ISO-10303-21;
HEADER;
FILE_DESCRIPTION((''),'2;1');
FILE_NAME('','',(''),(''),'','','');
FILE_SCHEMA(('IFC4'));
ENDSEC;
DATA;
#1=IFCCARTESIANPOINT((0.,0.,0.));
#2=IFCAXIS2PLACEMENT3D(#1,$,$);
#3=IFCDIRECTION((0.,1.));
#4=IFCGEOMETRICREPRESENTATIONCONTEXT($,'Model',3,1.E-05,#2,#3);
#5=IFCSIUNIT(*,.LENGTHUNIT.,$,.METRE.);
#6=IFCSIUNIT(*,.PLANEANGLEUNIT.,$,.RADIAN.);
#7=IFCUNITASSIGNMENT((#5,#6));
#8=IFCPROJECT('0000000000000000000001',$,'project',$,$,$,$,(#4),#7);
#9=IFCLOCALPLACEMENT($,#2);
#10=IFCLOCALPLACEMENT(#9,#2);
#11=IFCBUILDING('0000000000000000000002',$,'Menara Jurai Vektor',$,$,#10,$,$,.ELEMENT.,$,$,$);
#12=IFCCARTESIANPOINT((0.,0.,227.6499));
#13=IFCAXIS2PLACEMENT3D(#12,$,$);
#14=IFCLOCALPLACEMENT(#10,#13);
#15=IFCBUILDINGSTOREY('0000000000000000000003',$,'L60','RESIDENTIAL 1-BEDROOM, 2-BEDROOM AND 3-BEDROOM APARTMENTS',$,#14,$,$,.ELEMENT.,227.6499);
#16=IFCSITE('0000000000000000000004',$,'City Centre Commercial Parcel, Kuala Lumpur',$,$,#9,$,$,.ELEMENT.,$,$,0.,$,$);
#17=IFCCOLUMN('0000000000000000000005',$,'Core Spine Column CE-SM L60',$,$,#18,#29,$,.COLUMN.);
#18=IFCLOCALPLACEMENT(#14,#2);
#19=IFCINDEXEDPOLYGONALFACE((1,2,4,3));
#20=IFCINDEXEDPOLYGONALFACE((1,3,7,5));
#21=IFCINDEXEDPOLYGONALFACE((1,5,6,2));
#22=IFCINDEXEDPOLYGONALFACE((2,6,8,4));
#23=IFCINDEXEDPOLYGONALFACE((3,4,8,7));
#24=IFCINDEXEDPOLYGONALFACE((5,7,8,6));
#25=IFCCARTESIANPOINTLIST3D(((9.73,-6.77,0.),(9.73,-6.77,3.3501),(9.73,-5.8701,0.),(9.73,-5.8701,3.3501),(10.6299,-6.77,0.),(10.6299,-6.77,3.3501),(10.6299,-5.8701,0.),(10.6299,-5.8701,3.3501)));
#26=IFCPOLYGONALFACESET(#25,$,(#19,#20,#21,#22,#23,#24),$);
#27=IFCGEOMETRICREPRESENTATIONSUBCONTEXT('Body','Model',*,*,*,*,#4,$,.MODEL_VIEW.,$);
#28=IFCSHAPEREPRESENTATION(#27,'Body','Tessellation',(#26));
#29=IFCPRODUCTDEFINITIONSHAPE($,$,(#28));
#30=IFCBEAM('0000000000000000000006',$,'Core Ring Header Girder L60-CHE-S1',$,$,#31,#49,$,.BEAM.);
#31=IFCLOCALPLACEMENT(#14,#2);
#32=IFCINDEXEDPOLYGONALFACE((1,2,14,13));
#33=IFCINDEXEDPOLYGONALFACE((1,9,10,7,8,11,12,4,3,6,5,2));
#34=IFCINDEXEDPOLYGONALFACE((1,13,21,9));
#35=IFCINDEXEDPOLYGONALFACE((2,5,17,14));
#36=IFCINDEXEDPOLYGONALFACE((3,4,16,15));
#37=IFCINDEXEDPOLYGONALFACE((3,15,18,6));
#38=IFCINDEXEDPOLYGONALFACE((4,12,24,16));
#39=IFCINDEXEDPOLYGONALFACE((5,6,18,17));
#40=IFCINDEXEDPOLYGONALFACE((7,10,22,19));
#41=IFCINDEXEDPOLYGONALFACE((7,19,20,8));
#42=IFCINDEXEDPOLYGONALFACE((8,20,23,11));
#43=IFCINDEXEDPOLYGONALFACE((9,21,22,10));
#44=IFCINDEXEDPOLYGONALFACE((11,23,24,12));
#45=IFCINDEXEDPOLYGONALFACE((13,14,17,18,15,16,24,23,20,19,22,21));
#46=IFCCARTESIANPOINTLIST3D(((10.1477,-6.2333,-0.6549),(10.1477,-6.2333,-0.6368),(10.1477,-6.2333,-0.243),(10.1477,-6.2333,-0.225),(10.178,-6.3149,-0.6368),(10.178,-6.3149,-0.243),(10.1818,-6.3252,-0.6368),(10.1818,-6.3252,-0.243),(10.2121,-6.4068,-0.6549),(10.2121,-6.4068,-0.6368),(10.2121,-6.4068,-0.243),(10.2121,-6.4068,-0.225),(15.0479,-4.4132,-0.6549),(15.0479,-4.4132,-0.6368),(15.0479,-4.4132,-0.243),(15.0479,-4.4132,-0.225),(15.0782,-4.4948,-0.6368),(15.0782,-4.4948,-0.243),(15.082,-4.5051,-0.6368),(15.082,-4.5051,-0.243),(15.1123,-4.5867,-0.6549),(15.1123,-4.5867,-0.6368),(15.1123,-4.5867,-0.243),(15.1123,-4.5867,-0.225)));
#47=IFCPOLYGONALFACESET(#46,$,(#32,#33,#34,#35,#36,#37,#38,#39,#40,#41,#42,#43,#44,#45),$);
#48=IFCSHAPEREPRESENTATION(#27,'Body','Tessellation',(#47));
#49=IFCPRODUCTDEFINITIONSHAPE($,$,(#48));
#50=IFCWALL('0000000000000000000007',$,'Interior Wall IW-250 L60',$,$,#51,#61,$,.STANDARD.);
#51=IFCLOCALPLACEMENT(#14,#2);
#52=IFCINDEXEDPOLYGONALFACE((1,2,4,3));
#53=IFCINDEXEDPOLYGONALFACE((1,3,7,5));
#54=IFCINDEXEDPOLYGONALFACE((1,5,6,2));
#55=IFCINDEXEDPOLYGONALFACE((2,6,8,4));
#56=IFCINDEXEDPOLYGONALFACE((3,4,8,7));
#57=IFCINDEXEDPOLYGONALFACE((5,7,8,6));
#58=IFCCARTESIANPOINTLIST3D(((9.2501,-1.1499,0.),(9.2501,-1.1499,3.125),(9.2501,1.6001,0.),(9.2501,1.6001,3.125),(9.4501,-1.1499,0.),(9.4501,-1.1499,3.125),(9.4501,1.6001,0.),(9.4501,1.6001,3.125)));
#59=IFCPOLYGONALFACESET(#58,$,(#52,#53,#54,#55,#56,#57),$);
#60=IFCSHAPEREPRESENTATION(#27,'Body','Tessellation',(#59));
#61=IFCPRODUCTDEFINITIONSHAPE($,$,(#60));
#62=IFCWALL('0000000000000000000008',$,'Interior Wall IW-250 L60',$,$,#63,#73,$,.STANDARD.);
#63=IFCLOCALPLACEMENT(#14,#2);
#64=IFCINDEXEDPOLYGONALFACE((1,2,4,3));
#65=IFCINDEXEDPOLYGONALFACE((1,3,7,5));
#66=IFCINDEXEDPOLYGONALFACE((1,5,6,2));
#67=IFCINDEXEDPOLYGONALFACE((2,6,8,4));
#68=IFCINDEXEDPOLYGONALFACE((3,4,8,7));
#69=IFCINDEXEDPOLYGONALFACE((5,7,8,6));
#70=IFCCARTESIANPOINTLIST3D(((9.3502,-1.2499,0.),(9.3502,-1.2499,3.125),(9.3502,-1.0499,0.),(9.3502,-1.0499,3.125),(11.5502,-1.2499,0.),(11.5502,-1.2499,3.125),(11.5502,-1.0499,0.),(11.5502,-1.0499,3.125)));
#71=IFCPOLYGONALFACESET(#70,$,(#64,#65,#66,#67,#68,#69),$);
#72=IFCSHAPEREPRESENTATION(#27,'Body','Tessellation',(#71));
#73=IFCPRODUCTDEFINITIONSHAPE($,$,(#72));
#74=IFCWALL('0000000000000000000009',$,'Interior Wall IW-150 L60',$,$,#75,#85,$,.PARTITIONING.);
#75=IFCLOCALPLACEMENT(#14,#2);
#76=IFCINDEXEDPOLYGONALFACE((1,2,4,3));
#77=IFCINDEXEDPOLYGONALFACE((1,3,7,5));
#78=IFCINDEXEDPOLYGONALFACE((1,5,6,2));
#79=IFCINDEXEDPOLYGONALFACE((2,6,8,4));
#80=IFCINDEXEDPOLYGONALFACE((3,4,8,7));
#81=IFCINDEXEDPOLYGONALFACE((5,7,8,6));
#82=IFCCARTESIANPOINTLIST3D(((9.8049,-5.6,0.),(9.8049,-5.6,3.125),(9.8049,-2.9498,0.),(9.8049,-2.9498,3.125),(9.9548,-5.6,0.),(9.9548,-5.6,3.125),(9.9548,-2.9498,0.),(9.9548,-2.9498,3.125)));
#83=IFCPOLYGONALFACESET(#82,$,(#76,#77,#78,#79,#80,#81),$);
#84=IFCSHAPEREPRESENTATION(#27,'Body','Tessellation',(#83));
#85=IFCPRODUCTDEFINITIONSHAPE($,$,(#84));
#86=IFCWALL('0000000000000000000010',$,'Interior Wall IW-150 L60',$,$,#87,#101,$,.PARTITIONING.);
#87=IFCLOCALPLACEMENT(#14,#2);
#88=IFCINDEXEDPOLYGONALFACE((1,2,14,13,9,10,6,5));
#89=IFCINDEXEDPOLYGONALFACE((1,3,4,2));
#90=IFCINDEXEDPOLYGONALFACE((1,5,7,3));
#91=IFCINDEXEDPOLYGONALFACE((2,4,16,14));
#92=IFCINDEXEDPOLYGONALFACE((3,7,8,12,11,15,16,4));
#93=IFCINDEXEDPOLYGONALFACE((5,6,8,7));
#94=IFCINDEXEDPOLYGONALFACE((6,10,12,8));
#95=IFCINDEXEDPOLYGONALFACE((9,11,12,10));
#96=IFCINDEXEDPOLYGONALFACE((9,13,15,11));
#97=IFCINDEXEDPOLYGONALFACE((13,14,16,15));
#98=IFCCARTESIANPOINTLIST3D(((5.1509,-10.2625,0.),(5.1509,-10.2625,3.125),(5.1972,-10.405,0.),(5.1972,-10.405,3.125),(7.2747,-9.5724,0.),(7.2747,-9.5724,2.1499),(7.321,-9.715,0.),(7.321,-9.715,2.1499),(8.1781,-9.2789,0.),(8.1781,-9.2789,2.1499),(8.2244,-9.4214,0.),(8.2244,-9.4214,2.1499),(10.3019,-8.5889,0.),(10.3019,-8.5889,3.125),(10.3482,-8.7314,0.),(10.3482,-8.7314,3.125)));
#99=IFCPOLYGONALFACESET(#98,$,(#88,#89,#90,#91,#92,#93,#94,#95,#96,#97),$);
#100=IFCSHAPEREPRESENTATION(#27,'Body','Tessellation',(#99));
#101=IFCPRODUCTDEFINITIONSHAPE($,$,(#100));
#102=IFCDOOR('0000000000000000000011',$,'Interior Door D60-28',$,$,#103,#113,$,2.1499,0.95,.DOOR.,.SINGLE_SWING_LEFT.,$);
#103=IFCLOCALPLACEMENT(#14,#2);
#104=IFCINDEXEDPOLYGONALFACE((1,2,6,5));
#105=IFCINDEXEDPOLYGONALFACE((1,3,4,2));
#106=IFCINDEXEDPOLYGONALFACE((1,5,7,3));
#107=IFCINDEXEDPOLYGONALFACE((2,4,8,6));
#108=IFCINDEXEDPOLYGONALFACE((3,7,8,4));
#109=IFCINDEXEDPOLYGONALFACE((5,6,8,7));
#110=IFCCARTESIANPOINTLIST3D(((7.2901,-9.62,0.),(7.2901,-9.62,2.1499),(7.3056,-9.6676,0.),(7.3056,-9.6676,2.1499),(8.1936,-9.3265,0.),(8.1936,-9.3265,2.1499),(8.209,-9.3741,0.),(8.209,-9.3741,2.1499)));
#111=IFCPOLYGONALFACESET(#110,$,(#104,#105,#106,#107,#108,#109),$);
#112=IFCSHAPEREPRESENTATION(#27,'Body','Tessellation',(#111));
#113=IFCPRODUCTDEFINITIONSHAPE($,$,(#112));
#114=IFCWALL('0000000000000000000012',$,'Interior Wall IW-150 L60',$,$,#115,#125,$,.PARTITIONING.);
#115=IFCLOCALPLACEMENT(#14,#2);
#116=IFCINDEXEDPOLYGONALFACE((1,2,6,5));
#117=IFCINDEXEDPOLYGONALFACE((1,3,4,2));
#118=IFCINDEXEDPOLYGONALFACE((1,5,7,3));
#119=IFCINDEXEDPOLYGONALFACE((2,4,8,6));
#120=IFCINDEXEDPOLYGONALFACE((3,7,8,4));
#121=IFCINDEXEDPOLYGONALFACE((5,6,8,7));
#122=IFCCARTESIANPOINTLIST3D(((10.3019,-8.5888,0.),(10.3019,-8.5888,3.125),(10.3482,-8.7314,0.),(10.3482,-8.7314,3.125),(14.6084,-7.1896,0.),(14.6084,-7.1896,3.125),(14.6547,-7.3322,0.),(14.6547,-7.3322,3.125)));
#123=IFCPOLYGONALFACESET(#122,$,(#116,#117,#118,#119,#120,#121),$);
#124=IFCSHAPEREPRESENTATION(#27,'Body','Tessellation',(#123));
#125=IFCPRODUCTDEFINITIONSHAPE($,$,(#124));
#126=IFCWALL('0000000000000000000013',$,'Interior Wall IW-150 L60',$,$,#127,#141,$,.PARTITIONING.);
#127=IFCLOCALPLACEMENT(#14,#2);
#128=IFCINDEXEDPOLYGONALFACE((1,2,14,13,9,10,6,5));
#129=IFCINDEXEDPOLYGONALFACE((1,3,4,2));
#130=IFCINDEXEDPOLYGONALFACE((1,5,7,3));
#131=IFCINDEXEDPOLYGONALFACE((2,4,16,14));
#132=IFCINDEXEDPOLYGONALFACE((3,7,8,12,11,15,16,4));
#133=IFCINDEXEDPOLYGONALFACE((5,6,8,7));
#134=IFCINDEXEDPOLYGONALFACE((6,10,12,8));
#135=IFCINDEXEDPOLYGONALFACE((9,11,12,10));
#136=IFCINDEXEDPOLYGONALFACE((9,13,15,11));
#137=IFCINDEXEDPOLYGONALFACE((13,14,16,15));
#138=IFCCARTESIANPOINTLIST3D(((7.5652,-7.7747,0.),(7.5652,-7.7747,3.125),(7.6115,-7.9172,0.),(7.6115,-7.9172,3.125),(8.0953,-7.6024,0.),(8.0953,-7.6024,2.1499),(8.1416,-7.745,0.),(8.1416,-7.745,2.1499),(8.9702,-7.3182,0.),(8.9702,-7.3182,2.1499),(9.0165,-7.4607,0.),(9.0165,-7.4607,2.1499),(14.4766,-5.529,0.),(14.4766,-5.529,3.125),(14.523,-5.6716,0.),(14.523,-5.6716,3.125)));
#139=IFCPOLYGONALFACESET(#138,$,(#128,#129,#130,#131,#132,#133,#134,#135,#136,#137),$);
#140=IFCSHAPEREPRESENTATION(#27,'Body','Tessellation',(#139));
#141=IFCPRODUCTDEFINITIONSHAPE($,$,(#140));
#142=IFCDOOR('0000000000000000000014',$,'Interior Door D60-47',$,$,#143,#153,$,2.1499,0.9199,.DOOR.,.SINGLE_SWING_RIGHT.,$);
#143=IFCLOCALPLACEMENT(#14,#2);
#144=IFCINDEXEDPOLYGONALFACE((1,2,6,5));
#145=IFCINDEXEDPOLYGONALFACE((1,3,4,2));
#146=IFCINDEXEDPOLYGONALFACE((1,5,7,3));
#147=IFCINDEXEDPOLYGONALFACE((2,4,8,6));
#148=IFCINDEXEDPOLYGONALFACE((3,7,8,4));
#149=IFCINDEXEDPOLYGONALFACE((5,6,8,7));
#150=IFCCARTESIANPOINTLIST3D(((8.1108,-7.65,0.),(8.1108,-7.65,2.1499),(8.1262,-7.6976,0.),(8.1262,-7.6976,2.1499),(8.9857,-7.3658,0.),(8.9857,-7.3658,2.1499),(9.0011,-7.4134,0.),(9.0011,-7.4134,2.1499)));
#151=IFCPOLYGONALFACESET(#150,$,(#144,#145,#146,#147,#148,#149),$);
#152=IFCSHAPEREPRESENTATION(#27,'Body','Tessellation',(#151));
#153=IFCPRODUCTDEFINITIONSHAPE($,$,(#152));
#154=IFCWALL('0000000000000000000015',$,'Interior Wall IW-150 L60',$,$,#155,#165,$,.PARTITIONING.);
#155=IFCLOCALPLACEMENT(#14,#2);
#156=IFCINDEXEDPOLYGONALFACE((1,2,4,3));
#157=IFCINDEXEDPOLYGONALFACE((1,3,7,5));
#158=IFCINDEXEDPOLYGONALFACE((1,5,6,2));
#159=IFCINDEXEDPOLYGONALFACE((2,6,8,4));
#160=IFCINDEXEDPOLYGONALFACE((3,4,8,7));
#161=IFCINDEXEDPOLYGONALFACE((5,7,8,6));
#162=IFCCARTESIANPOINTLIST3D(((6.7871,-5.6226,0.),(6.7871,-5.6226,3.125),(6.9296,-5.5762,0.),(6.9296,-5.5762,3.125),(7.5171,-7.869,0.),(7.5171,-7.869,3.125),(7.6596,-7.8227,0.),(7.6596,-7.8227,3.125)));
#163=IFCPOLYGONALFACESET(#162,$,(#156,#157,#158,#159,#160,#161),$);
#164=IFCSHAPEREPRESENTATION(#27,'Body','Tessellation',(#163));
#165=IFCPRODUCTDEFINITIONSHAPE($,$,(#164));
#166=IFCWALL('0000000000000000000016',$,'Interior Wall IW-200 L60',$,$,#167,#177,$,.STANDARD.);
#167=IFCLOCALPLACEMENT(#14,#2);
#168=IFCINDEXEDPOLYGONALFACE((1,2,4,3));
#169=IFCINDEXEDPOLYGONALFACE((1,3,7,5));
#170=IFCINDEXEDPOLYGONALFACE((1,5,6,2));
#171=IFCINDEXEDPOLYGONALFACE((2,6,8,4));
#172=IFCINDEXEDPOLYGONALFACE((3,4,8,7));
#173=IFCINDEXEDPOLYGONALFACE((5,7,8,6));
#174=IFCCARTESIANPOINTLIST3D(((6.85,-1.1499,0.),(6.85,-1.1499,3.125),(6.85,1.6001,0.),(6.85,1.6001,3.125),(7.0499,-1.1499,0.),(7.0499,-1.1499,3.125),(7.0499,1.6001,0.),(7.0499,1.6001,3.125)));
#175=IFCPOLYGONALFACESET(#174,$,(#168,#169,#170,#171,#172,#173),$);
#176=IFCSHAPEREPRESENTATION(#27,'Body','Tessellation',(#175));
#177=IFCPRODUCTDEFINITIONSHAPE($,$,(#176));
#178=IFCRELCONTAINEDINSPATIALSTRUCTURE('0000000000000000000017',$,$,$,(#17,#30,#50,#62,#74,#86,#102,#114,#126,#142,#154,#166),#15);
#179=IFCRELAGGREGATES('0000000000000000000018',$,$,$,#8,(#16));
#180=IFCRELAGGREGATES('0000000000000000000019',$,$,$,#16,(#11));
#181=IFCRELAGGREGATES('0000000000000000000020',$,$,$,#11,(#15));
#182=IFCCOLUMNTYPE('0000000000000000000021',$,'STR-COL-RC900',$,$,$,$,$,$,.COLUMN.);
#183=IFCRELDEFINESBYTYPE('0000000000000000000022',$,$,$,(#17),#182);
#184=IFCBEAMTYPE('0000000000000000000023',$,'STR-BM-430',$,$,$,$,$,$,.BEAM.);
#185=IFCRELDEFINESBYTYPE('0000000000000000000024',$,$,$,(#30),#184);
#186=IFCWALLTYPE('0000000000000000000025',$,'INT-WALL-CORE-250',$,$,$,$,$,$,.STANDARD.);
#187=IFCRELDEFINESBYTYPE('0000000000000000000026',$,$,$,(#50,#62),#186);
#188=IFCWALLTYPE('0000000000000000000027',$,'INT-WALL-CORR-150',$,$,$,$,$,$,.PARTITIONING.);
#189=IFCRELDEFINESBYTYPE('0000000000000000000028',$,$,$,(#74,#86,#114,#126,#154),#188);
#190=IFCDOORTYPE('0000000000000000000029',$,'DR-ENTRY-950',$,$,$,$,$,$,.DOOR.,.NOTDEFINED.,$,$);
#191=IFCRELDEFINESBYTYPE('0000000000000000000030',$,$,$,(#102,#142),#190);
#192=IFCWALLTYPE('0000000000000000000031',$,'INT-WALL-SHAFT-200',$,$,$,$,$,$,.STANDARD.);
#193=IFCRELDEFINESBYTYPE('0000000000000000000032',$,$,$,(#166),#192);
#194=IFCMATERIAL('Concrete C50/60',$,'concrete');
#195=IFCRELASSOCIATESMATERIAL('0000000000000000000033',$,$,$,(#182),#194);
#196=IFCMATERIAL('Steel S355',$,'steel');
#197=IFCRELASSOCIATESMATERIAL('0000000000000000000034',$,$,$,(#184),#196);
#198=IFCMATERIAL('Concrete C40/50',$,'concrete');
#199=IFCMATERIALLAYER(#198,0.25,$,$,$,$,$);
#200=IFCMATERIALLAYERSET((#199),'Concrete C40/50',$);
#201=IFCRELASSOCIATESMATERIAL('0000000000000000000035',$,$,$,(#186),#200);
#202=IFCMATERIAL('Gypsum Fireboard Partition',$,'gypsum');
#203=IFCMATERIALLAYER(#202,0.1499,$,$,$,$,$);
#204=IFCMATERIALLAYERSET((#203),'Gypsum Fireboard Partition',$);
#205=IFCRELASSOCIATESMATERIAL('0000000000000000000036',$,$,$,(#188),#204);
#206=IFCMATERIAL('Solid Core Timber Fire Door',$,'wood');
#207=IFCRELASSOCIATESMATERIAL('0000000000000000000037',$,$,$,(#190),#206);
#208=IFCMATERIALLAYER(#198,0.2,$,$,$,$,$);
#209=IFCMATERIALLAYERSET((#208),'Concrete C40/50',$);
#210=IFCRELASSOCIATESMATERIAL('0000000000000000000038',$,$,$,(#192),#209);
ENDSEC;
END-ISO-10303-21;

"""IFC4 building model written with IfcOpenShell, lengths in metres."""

from ifc_helpers import new_model, si_unit, direction, frame, frame_2d, origin, origin_2d, place, context, subcontext, project, spatial, rectangle, i_section, extrude, material, layer, layer_set, material_profile, profile_set, type_object, element, fill, save


model = new_model("IFC4")

# Units and contexts
model_context = context("Model", 3, precision=1e-05, world=origin(), true_north=direction((0.0, 1.0)))
body_context = subcontext(model_context, "Body", "Model", "MODEL_VIEW")
ifc_project = project(units=[si_unit("LENGTHUNIT", "METRE"), si_unit("PLANEANGLEUNIT", "RADIAN")], contexts=[model_context])

# Site, building, storey
site_placement = place(None, origin())
site = spatial("IfcSite", under=ifc_project, at=site_placement, Name="City Centre Commercial Parcel, Kuala Lumpur", CompositionType="ELEMENT", RefElevation=0.0)
building_placement = place(site_placement, origin())
building = spatial("IfcBuilding", under=site, at=building_placement, Name="Menara Jurai Vektor", CompositionType="ELEMENT")
storey_placement = place(building_placement, frame((0.0, 0.0, 227.6499)))
storey = spatial("IfcBuildingStorey", under=building, at=storey_placement, Name="L60", Description="RESIDENTIAL 1-BEDROOM, 2-BEDROOM AND 3-BEDROOM APARTMENTS", CompositionType="ELEMENT", Elevation=227.6499)

# Column
ifc_material_1 = material(Name="Concrete C50/60", Category="concrete")
ifc_material_profile_1 = material_profile(ifc_material_1, rectangle(XDim=0.8999, YDim=0.8999, at=origin_2d()), Name="RC 900x900")
ifc_profile_set_1 = profile_set([ifc_material_profile_1], Name="Concrete C50/60")
column_type = type_object("IfcColumnType", Name="STR-COL-RC900", PredefinedType="COLUMN", material=ifc_profile_set_1)
column_placement = place(storey_placement, frame((10.1799, -6.3201, 0.0), z_axis=(0.0, 0.0, 1.0), x_axis=(1.0, 0.0, 0.0)))
element("IfcColumn", 1, at=column_placement, inside=storey, type_object=column_type, Name="Core Spine Column CE-SM L60", PredefinedType="COLUMN", context=body_context, shape_type="SweptSolid", body=[
    extrude(rectangle(XDim=0.8999, YDim=0.8999, at=origin_2d()), origin(), (0.0, 0.0, 1.0), 3.3501),
])

# Beam
ifc_material_2 = material(Name="Steel S355", Category="steel")
ifc_material_profile_2 = material_profile(ifc_material_2, i_section(OverallWidth=0.1851, OverallDepth=0.4299, WebThickness=0.011, FlangeThickness=0.0181, at=origin_2d()), Name="PG 430x185x76")
ifc_profile_set_2 = profile_set([ifc_material_profile_2], Name="Steel S355")
beam_type = type_object("IfcBeamType", Name="STR-BM-430", PredefinedType="BEAM", material=ifc_profile_set_2)
beam_placement = place(storey_placement, frame((10.1799, -6.3201, -0.4399), z_axis=(0.937424, 0.348189, 0.0), x_axis=(-0.348189, 0.937424, 0.0)))
element("IfcBeam", 2, at=beam_placement, inside=storey, type_object=beam_type, Name="Core Ring Header Girder L60-CHE-S1", PredefinedType="BEAM", context=body_context, shape_type="SweptSolid", body=[
    extrude(i_section(OverallWidth=0.1851, OverallDepth=0.4299, WebThickness=0.011, FlangeThickness=0.0181, at=origin_2d()), origin(), (0.0, 0.0, 1.0), 5.2273),
])

# Walls
ifc_material_3 = material(Name="Concrete C40/50", Category="concrete")
ifc_layer_1 = layer(ifc_material_3, 0.25)
ifc_layer_set_1 = layer_set([ifc_layer_1], Name="Concrete C40/50")
wall_type_1 = type_object("IfcWallType", Name="INT-WALL-CORE-250", PredefinedType="STANDARD", material=ifc_layer_set_1)
wall_1_placement = place(storey_placement, frame((9.3501, -1.1499, 0.0), z_axis=(0.0, 0.0, 1.0), x_axis=(0.0, 1.0, 0.0)))
element("IfcWall", 3, at=wall_1_placement, inside=storey, type_object=wall_type_1, Name="Interior Wall IW-250 L60", PredefinedType="STANDARD", context=body_context, shape_type="SweptSolid", body=[
    extrude(rectangle(XDim=2.75, YDim=0.2, at=frame_2d((1.375, 0.0))), origin(), (0.0, 0.0, 1.0), 3.125),
])
wall_2_placement = place(storey_placement, frame((9.3501, -1.1499, 0.0), z_axis=(0.0, 0.0, 1.0), x_axis=(1.0, 0.0, 0.0)))
element("IfcWall", 4, at=wall_2_placement, inside=storey, type_object=wall_type_1, Name="Interior Wall IW-250 L60", PredefinedType="STANDARD", context=body_context, shape_type="SweptSolid", body=[
    extrude(rectangle(XDim=2.2, YDim=0.2, at=frame_2d((1.1001, 0.0))), origin(), (0.0, 0.0, 1.0), 3.125),
])
ifc_material_4 = material(Name="Gypsum Fireboard Partition", Category="gypsum")
ifc_layer_2 = layer(ifc_material_4, 0.1499)
ifc_layer_set_2 = layer_set([ifc_layer_2], Name="Gypsum Fireboard Partition")
wall_type_2 = type_object("IfcWallType", Name="INT-WALL-CORR-150", PredefinedType="PARTITIONING", material=ifc_layer_set_2)
wall_3_placement = place(storey_placement, frame((9.8799, -5.6001, 0.0), z_axis=(0.0, 0.0, 1.0), x_axis=(0.0, 1.0, 0.0)))
element("IfcWall", 5, at=wall_3_placement, inside=storey, type_object=wall_type_2, Name="Interior Wall IW-150 L60", PredefinedType="PARTITIONING", context=body_context, shape_type="SweptSolid", body=[
    extrude(rectangle(XDim=2.6501, YDim=0.1499, at=frame_2d((1.3252, 0.0))), origin(), (0.0, 0.0, 1.0), 3.125),
])

# Wall, opening, door
wall_4_placement = place(storey_placement, frame((5.1741, -10.3337, 0.0), z_axis=(0.0, 0.0, 1.0), x_axis=(0.951059, 0.309011, 0.0)))
wall_4 = element("IfcWall", 6, at=wall_4_placement, inside=storey, type_object=wall_type_2, Name="Interior Wall IW-150 L60", PredefinedType="PARTITIONING", context=body_context, shape_type="SweptSolid", body=[
    extrude(rectangle(XDim=5.416, YDim=0.1499, at=frame_2d((2.708, 0.0))), origin(), (0.0, 0.0, 1.0), 3.125),
])
opening_1_placement = place(wall_4_placement, frame((2.2329, 0.0, 0.0)))
opening_1 = element("IfcOpeningElement", 7, at=opening_1_placement, cuts=wall_4, PredefinedType="OPENING", context=body_context, shape_type="SweptSolid", body=[
    extrude(rectangle(XDim=0.95, YDim=2.1499, at=frame_2d((0.4751, 1.075))), frame((0.0, 0.085, 0.0), z_axis=(0.0, -1.0, 0.0), x_axis=(1.0, 0.0, 0.0)), (0.0, 0.0, 1.0), 0.1699),
])
ifc_material_5 = material(Name="Solid Core Timber Fire Door", Category="wood")
door_type_1 = type_object("IfcDoorType", Name="DR-ENTRY-950", OperationType="NOTDEFINED", PredefinedType="DOOR", material=ifc_material_5)
door_1_placement = place(opening_1_placement, origin())
door_1 = element("IfcDoor", 8, at=door_1_placement, inside=storey, type_object=door_type_1, Name="Interior Door D60-28", OperationType="SINGLE_SWING_LEFT", OverallHeight=2.1499, OverallWidth=0.95, PredefinedType="DOOR", context=body_context, shape_type="SweptSolid", body=[
    extrude(rectangle(XDim=0.95, YDim=2.1499, at=frame_2d((0.4751, 1.075))), frame((0.0, 0.0249, 0.0), z_axis=(0.0, -1.0, 0.0), x_axis=(1.0, 0.0, 0.0)), (0.0, 0.0, 1.0), 0.05),
])
fill(opening_1, door_1)

# Wall
wall_5_placement = place(storey_placement, frame((10.325, -8.6602, 0.0), z_axis=(0.0, 0.0, 1.0), x_axis=(0.951061, 0.309004, 0.0)))
element("IfcWall", 9, at=wall_5_placement, inside=storey, type_object=wall_type_2, Name="Interior Wall IW-150 L60", PredefinedType="PARTITIONING", context=body_context, shape_type="SweptSolid", body=[
    extrude(rectangle(XDim=4.5281, YDim=0.1499, at=frame_2d((2.2642, 0.0))), origin(), (0.0, 0.0, 1.0), 3.125),
])

# Wall, opening, door
wall_6_placement = place(storey_placement, frame((7.5884, -7.8459, 0.0), z_axis=(0.0, 0.0, 1.0), x_axis=(0.951058, 0.309012, 0.0)))
wall_6 = element("IfcWall", 10, at=wall_6_placement, inside=storey, type_object=wall_type_2, Name="Interior Wall IW-150 L60", PredefinedType="PARTITIONING", context=body_context, shape_type="SweptSolid", body=[
    extrude(rectangle(XDim=7.2671, YDim=0.1499, at=frame_2d((3.6335, 0.0))), origin(), (0.0, 0.0, 1.0), 3.125),
])
opening_2_placement = place(wall_6_placement, frame((0.5574, 0.0, 0.0)))
opening_2 = element("IfcOpeningElement", 11, at=opening_2_placement, cuts=wall_6, PredefinedType="OPENING", context=body_context, shape_type="SweptSolid", body=[
    extrude(rectangle(XDim=0.9199, YDim=2.1499, at=frame_2d((0.46, 1.075))), frame((0.0, 0.085, 0.0), z_axis=(0.0, -1.0, 0.0), x_axis=(1.0, 0.0, 0.0)), (0.0, 0.0, 1.0), 0.1699),
])
door_2_placement = place(opening_2_placement, origin())
door_2 = element("IfcDoor", 12, at=door_2_placement, inside=storey, type_object=door_type_1, Name="Interior Door D60-47", OperationType="SINGLE_SWING_RIGHT", OverallHeight=2.1499, OverallWidth=0.9199, PredefinedType="DOOR", context=body_context, shape_type="SweptSolid", body=[
    extrude(rectangle(XDim=0.9199, YDim=2.1499, at=frame_2d((0.46, 1.075))), frame((0.0, 0.0249, 0.0), z_axis=(0.0, -1.0, 0.0), x_axis=(1.0, 0.0, 0.0)), (0.0, 0.0, 1.0), 0.05),
])
fill(opening_2, door_2)

# Walls
wall_7_placement = place(storey_placement, frame((7.5884, -7.8459, 0.0), z_axis=(0.0, 0.0, 1.0), x_axis=(-0.309056, 0.951044, 0.0)))
element("IfcWall", 13, at=wall_7_placement, inside=storey, type_object=wall_type_2, Name="Interior Wall IW-150 L60", PredefinedType="PARTITIONING", context=body_context, shape_type="SweptSolid", body=[
    extrude(rectangle(XDim=2.3621, YDim=0.1499, at=frame_2d((1.1812, 0.0))), origin(), (0.0, 0.0, 1.0), 3.125),
])
ifc_layer_3 = layer(ifc_material_3, 0.2)
ifc_layer_set_3 = layer_set([ifc_layer_3], Name="Concrete C40/50")
wall_type_3 = type_object("IfcWallType", Name="INT-WALL-SHAFT-200", PredefinedType="STANDARD", material=ifc_layer_set_3)
wall_8_placement = place(storey_placement, frame((6.95, -1.1499, 0.0), z_axis=(0.0, 0.0, 1.0), x_axis=(0.0, 1.0, 0.0)))
element("IfcWall", 14, at=wall_8_placement, inside=storey, type_object=wall_type_3, Name="Interior Wall IW-200 L60", PredefinedType="STANDARD", context=body_context, shape_type="SweptSolid", body=[
    extrude(rectangle(XDim=2.75, YDim=0.2, at=frame_2d((1.375, 0.0))), origin(), (0.0, 0.0, 1.0), 3.125),
])

save(model, "model.ifc")
